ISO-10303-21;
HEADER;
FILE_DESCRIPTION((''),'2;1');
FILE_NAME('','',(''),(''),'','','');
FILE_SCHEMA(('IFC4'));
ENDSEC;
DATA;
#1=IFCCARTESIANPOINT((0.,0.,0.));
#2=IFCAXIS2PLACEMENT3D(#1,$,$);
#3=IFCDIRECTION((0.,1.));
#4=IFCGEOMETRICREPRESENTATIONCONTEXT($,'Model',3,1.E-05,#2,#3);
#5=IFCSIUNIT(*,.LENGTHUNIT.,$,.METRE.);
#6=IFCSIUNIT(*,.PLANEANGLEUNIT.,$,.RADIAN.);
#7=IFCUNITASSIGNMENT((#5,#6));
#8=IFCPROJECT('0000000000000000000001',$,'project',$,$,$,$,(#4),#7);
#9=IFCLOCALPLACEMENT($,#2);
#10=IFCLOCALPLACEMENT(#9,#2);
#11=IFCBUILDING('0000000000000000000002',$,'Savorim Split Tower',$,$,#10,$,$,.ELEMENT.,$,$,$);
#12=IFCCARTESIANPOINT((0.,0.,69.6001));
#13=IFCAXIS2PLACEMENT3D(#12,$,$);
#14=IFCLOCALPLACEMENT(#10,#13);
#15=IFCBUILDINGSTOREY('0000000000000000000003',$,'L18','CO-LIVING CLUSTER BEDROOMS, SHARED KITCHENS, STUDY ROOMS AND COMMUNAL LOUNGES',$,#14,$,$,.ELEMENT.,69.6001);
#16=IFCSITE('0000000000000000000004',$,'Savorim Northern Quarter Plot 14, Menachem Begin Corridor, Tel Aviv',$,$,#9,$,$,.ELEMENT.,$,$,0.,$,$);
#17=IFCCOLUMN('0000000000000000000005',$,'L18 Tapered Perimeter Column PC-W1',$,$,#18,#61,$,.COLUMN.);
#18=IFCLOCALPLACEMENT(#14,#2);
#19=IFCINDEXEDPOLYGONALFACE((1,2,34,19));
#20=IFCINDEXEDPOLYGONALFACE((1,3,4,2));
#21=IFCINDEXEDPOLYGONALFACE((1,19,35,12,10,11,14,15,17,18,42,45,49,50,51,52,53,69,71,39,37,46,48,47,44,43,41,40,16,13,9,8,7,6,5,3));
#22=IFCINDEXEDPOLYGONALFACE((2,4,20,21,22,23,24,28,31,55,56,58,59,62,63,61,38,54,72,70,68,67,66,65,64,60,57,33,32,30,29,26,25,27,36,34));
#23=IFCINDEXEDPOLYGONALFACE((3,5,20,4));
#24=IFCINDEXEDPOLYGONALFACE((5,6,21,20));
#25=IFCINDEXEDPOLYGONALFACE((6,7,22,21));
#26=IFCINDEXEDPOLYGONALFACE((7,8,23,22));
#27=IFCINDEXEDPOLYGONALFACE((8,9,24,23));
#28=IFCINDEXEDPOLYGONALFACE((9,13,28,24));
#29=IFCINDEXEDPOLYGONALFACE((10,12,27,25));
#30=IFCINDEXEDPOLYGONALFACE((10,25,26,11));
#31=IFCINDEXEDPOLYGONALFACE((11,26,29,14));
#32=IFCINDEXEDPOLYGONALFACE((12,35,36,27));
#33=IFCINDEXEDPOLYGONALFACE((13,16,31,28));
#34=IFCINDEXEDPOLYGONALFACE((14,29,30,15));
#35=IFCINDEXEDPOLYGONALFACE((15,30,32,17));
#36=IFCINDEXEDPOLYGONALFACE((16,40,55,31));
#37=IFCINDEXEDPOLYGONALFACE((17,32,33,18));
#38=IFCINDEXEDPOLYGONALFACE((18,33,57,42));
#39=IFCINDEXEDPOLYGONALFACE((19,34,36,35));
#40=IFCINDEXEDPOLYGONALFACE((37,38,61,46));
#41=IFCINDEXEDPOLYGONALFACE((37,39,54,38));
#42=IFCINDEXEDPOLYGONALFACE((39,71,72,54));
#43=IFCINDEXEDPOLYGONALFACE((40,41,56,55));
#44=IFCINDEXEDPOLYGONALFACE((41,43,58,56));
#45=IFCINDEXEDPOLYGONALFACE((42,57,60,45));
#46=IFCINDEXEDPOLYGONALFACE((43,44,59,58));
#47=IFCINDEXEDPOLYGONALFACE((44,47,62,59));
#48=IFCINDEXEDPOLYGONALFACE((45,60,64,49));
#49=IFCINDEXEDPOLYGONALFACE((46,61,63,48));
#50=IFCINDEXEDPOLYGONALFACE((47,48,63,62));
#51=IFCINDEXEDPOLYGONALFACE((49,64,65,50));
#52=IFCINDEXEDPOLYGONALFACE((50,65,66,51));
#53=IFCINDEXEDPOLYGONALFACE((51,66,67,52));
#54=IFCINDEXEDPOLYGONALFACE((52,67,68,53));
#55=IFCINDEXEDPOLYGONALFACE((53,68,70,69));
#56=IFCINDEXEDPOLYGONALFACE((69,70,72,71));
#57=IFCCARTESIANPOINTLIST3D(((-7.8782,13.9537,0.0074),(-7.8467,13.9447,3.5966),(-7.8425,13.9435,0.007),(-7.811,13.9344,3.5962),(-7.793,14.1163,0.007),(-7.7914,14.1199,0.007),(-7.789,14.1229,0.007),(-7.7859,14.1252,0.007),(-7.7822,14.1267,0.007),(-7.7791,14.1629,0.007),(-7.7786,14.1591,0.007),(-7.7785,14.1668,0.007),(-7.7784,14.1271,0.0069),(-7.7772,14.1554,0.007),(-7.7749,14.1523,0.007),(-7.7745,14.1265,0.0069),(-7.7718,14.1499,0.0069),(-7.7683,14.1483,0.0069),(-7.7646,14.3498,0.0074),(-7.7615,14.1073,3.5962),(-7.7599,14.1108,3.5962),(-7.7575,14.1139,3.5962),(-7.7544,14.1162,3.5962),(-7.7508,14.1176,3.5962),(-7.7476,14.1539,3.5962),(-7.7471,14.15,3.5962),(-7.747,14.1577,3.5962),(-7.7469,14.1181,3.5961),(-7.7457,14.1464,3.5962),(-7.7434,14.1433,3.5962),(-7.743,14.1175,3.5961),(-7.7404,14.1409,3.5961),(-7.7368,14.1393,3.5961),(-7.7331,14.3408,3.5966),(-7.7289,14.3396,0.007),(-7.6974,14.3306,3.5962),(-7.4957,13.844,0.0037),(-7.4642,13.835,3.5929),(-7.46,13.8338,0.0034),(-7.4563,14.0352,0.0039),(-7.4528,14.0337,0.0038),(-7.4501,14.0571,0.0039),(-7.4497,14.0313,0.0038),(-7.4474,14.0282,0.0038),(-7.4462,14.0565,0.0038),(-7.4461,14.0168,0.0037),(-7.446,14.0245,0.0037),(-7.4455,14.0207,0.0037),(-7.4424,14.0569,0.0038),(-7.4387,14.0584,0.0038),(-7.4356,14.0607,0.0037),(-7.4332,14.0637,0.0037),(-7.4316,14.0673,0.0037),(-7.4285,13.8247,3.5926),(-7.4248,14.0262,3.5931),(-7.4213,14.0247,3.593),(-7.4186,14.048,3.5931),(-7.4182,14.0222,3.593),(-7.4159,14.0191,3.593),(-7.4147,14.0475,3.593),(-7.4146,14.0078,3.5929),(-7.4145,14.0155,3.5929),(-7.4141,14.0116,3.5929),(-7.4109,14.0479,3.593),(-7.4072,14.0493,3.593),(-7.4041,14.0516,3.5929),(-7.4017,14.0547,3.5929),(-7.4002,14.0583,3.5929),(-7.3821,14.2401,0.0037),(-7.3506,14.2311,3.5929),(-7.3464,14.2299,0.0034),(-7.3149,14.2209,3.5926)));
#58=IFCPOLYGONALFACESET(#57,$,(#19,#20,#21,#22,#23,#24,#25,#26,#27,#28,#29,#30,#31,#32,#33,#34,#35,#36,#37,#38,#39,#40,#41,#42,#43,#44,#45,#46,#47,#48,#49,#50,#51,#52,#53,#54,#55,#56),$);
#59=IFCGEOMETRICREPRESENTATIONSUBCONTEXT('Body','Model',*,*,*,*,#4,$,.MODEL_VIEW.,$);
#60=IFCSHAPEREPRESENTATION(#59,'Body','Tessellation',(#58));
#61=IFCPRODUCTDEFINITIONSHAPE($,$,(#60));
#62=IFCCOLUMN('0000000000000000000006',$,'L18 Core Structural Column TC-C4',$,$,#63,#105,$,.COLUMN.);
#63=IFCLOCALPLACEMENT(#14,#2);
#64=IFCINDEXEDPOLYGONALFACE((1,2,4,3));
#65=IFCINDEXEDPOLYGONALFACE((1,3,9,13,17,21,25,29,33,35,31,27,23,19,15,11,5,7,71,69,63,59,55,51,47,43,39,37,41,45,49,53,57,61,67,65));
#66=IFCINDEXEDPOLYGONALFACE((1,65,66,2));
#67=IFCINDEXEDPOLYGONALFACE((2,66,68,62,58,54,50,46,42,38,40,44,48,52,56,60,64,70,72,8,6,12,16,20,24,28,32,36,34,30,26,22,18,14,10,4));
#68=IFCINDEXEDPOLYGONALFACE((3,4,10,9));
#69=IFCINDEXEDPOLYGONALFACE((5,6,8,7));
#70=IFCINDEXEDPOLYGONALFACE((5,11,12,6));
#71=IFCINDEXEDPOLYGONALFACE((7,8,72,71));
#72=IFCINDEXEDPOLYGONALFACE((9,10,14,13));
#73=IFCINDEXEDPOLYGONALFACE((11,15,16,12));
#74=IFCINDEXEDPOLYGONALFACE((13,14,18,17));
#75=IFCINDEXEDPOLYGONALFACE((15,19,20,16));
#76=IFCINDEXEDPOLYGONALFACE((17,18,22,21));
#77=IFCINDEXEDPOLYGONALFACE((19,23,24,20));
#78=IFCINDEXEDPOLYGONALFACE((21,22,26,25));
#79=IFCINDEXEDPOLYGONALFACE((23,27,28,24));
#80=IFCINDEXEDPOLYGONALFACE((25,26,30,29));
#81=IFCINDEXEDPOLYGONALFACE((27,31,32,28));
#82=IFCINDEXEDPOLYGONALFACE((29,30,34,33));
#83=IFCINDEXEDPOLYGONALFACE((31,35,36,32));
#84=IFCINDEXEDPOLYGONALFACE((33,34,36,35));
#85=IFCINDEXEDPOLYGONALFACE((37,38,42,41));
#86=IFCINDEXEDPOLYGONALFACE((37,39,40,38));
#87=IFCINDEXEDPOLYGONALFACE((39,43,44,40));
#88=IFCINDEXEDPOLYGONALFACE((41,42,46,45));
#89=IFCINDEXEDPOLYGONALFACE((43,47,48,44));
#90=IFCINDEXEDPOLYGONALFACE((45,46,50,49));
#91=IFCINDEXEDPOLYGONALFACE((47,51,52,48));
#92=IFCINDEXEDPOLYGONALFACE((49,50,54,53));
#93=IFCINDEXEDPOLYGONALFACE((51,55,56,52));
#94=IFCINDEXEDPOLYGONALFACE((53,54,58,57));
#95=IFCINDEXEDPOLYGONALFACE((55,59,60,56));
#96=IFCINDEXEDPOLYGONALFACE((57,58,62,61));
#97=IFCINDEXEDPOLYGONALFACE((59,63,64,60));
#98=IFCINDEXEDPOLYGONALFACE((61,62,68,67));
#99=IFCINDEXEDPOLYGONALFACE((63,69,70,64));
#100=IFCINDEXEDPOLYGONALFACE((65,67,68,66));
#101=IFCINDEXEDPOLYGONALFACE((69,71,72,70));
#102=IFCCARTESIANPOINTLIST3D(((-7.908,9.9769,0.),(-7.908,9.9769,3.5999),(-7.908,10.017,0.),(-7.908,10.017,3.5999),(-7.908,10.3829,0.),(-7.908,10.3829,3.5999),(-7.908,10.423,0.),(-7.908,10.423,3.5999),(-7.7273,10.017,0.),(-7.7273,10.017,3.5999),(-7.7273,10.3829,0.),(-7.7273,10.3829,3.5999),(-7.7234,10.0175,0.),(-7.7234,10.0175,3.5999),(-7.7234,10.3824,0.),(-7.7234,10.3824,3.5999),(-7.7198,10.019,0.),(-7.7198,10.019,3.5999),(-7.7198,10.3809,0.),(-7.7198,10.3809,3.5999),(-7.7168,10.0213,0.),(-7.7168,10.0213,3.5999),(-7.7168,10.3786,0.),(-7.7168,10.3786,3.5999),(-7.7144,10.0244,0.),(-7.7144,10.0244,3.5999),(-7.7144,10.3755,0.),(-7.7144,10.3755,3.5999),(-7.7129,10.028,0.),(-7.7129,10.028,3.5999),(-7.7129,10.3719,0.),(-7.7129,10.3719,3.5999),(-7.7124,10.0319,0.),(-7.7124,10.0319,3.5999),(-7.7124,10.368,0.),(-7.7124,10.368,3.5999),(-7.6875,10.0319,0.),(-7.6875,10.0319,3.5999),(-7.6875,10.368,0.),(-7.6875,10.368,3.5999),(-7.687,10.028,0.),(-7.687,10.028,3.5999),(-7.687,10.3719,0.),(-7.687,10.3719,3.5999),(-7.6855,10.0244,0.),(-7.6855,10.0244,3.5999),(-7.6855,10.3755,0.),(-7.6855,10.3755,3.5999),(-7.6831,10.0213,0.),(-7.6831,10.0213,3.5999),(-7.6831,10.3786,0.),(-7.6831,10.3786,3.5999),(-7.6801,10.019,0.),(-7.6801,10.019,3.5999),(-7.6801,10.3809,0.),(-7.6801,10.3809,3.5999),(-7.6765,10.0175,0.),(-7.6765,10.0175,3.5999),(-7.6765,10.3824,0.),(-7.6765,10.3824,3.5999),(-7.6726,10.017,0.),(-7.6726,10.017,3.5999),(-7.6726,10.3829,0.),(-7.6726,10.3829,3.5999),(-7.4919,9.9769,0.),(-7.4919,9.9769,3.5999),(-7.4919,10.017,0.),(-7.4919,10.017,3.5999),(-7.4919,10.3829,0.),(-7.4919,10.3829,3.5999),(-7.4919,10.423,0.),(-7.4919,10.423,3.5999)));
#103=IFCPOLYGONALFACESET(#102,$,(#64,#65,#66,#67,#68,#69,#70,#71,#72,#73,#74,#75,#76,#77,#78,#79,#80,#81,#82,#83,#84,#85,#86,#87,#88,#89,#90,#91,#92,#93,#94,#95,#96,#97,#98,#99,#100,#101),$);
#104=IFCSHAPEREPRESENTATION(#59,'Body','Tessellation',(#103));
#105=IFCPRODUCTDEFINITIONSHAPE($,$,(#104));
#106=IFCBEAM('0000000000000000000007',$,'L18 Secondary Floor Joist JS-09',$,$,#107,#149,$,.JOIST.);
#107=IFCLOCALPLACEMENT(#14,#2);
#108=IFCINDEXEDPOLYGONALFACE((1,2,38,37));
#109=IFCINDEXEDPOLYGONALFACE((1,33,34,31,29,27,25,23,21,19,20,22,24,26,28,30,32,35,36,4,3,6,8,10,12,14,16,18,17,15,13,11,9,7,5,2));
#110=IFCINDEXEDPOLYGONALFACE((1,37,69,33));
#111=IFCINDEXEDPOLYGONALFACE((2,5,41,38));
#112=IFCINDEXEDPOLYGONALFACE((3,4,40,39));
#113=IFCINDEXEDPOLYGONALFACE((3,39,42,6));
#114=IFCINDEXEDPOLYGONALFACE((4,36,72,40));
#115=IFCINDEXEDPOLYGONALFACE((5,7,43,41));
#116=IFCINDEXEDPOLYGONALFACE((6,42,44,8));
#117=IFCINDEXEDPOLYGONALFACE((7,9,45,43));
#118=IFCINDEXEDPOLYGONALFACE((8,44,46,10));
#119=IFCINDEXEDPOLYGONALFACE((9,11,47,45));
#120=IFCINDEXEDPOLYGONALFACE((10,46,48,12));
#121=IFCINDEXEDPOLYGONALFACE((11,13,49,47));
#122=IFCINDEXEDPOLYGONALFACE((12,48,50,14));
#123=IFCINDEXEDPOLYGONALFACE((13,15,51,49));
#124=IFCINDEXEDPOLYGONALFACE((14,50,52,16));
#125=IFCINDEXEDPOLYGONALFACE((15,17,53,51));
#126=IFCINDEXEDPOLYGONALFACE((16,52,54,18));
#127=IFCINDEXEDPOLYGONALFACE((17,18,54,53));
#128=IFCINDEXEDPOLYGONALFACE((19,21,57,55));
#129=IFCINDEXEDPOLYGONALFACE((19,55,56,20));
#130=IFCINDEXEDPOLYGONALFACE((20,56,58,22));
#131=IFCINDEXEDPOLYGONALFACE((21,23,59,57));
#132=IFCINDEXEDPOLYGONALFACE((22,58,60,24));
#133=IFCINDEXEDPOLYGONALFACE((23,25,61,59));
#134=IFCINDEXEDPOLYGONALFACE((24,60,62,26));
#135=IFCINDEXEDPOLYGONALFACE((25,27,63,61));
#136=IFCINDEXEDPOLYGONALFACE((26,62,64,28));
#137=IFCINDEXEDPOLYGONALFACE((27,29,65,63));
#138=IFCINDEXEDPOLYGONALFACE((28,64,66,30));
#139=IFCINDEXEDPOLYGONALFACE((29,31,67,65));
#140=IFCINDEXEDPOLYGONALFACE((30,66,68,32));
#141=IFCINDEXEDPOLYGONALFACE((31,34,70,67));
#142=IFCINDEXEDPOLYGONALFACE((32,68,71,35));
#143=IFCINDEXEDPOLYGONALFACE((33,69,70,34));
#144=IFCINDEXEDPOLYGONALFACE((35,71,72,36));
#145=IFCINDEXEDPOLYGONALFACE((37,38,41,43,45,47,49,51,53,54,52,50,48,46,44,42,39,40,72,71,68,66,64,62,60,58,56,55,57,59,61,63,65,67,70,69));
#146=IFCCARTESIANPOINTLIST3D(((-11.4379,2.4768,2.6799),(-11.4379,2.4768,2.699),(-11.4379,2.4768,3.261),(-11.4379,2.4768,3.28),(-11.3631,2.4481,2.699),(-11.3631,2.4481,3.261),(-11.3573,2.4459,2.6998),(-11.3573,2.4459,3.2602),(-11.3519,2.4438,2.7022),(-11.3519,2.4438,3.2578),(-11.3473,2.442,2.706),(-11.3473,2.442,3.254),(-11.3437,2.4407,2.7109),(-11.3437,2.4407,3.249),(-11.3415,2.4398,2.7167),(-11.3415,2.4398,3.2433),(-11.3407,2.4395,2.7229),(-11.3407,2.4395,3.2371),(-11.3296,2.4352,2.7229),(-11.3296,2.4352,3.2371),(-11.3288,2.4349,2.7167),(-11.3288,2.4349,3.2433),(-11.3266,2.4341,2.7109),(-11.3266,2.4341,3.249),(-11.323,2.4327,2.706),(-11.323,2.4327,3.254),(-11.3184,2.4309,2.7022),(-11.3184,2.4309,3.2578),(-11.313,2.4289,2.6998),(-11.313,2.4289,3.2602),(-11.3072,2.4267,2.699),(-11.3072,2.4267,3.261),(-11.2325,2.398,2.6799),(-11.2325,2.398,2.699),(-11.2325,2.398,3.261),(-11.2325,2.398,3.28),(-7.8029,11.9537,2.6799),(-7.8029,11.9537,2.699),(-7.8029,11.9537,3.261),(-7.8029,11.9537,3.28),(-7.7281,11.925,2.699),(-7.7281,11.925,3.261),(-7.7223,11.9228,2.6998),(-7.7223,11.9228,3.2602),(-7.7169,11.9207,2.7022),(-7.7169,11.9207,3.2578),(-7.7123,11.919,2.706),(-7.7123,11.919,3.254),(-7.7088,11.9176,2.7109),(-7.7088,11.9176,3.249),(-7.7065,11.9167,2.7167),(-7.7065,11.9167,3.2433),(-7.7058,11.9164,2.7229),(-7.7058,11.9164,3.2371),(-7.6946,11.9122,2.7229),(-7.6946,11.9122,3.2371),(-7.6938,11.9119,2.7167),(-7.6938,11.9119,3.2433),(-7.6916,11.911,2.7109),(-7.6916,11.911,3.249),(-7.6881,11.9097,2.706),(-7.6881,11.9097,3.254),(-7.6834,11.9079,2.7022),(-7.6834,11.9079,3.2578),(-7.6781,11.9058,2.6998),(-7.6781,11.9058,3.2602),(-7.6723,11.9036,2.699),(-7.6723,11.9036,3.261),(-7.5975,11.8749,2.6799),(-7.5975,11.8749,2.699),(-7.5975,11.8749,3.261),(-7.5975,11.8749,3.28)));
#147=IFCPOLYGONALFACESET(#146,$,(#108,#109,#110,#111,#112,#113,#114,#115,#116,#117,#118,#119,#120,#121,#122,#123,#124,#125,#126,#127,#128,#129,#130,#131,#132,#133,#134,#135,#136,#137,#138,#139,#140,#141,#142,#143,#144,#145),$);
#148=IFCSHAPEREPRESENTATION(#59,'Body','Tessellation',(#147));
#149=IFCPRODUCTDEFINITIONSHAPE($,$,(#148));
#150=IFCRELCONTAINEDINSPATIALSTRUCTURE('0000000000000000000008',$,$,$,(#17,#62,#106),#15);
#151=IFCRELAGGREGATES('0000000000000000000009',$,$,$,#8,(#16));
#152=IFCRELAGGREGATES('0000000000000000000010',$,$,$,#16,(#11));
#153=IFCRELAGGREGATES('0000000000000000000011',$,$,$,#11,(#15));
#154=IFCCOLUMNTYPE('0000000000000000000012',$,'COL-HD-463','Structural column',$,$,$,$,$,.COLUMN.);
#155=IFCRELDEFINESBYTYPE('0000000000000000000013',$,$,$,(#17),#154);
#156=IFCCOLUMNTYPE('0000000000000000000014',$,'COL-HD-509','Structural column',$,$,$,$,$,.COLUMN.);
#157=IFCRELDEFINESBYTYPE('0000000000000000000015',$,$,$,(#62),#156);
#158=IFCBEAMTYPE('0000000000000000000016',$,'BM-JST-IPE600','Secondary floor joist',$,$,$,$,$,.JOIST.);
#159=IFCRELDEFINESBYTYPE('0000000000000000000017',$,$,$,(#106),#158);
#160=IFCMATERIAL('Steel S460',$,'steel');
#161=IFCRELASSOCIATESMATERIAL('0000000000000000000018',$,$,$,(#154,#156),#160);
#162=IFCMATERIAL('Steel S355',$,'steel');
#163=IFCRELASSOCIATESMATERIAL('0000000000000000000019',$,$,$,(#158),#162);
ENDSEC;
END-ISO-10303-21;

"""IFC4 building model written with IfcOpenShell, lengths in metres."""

from ifc_helpers import new_model, si_unit, direction, frame, origin, origin_2d, place, context, subcontext, project, spatial, i_section, extrude, material, material_profile, profile_set, type_object, element, save


model = new_model("IFC4")

# Units and contexts
model_context = context("Model", 3, precision=1e-05, world=origin(), true_north=direction((0.0, 1.0)))
body_context = subcontext(model_context, "Body", "Model", "MODEL_VIEW")
ifc_project = project(units=[si_unit("LENGTHUNIT", "METRE"), si_unit("PLANEANGLEUNIT", "RADIAN")], contexts=[model_context])

# Site, building, storey
site_placement = place(None, origin())
site = spatial("IfcSite", under=ifc_project, at=site_placement, Name="Savorim Northern Quarter Plot 14, Menachem Begin Corridor, Tel Aviv", CompositionType="ELEMENT", RefElevation=0.0)
building_placement = place(site_placement, origin())
building = spatial("IfcBuilding", under=site, at=building_placement, Name="Savorim Split Tower", CompositionType="ELEMENT")
storey_placement = place(building_placement, frame((0.0, 0.0, 69.6001)))
storey = spatial("IfcBuildingStorey", under=building, at=storey_placement, Name="L18", Description="CO-LIVING CLUSTER BEDROOMS, SHARED KITCHENS, STUDY ROOMS AND COMMUNAL LOUNGES", CompositionType="ELEMENT", Elevation=69.6001)

# Columns
ifc_material_1 = material(Name="Steel S460", Category="steel")
ifc_material_profile_1 = material_profile(ifc_material_1, i_section(OverallWidth=0.4121, OverallDepth=0.4351, WebThickness=0.0227, FlangeThickness=0.0371, FilletRadius=0.0149, at=origin_2d()), Name="HD 400x463")
ifc_profile_set_1 = profile_set([ifc_material_profile_1], Name="Steel S460")
column_type_1 = type_object("IfcColumnType", Name="COL-HD-463", Description="Structural column", PredefinedType="COLUMN", material=ifc_profile_set_1)
column_1_placement = place(storey_placement, frame((-7.6123, 14.0918, 0.0054), z_axis=(0.008775, -0.002517, 0.999958), x_axis=(0.275705, 0.961242, 0.0)))
element("IfcColumn", 1, at=column_1_placement, inside=storey, type_object=column_type_1, Name="L18 Tapered Perimeter Column PC-W1", PredefinedType="COLUMN", context=body_context, shape_type="SweptSolid", body=[
    extrude(i_section(OverallWidth=0.4121, OverallDepth=0.4351, WebThickness=0.0227, FlangeThickness=0.0371, FilletRadius=0.0149, at=origin_2d()), origin(), (0.0, 0.0, 1.0), 3.5894),
])
ifc_material_profile_2 = material_profile(ifc_material_1, i_section(OverallWidth=0.416, OverallDepth=0.446, WebThickness=0.0249, FlangeThickness=0.04, FilletRadius=0.0149, at=origin_2d()), Name="HD 400x509")
ifc_profile_set_2 = profile_set([ifc_material_profile_2], Name="Steel S460")
column_type_2 = type_object("IfcColumnType", Name="COL-HD-509", Description="Structural column", PredefinedType="COLUMN", material=ifc_profile_set_2)
column_2_placement = place(storey_placement, frame((-7.7, 10.2, 0.0), z_axis=(0.0, 0.0, 1.0), x_axis=(1.0, 0.0, 0.0)))
element("IfcColumn", 2, at=column_2_placement, inside=storey, type_object=column_type_2, Name="L18 Core Structural Column TC-C4", PredefinedType="COLUMN", context=body_context, shape_type="SweptSolid", body=[
    extrude(i_section(OverallWidth=0.416, OverallDepth=0.446, WebThickness=0.0249, FlangeThickness=0.04, FilletRadius=0.0149, at=origin_2d()), origin(), (0.0, 0.0, 1.0), 3.5999),
])

# Beam
ifc_material_2 = material(Name="Steel S355", Category="steel")
ifc_material_profile_3 = material_profile(ifc_material_2, i_section(OverallWidth=0.22, OverallDepth=0.6001, WebThickness=0.012, FlangeThickness=0.019, FilletRadius=0.0239, at=origin_2d()), Name="IPE 600")
ifc_profile_set_3 = profile_set([ifc_material_profile_3], Name="Steel S355")
beam_type_1 = type_object("IfcBeamType", Name="BM-JST-IPE600", Description="Secondary floor joist", PredefinedType="JOIST", material=ifc_profile_set_3)
beam_1_placement = place(storey_placement, frame((-7.7002, 11.9143, 2.98), z_axis=(-0.35812, -0.933676, 0.0), x_axis=(0.933676, -0.35812, 0.0)))
element("IfcBeam", 3, at=beam_1_placement, inside=storey, type_object=beam_type_1, Name="L18 Secondary Floor Joist JS-09", PredefinedType="JOIST", context=body_context, shape_type="SweptSolid", body=[
    extrude(i_section(OverallWidth=0.22, OverallDepth=0.6001, WebThickness=0.012, FlangeThickness=0.019, FilletRadius=0.0239, at=origin_2d()), origin(), (0.0, 0.0, 1.0), 10.1501),
])

save(model, "model.ifc")
